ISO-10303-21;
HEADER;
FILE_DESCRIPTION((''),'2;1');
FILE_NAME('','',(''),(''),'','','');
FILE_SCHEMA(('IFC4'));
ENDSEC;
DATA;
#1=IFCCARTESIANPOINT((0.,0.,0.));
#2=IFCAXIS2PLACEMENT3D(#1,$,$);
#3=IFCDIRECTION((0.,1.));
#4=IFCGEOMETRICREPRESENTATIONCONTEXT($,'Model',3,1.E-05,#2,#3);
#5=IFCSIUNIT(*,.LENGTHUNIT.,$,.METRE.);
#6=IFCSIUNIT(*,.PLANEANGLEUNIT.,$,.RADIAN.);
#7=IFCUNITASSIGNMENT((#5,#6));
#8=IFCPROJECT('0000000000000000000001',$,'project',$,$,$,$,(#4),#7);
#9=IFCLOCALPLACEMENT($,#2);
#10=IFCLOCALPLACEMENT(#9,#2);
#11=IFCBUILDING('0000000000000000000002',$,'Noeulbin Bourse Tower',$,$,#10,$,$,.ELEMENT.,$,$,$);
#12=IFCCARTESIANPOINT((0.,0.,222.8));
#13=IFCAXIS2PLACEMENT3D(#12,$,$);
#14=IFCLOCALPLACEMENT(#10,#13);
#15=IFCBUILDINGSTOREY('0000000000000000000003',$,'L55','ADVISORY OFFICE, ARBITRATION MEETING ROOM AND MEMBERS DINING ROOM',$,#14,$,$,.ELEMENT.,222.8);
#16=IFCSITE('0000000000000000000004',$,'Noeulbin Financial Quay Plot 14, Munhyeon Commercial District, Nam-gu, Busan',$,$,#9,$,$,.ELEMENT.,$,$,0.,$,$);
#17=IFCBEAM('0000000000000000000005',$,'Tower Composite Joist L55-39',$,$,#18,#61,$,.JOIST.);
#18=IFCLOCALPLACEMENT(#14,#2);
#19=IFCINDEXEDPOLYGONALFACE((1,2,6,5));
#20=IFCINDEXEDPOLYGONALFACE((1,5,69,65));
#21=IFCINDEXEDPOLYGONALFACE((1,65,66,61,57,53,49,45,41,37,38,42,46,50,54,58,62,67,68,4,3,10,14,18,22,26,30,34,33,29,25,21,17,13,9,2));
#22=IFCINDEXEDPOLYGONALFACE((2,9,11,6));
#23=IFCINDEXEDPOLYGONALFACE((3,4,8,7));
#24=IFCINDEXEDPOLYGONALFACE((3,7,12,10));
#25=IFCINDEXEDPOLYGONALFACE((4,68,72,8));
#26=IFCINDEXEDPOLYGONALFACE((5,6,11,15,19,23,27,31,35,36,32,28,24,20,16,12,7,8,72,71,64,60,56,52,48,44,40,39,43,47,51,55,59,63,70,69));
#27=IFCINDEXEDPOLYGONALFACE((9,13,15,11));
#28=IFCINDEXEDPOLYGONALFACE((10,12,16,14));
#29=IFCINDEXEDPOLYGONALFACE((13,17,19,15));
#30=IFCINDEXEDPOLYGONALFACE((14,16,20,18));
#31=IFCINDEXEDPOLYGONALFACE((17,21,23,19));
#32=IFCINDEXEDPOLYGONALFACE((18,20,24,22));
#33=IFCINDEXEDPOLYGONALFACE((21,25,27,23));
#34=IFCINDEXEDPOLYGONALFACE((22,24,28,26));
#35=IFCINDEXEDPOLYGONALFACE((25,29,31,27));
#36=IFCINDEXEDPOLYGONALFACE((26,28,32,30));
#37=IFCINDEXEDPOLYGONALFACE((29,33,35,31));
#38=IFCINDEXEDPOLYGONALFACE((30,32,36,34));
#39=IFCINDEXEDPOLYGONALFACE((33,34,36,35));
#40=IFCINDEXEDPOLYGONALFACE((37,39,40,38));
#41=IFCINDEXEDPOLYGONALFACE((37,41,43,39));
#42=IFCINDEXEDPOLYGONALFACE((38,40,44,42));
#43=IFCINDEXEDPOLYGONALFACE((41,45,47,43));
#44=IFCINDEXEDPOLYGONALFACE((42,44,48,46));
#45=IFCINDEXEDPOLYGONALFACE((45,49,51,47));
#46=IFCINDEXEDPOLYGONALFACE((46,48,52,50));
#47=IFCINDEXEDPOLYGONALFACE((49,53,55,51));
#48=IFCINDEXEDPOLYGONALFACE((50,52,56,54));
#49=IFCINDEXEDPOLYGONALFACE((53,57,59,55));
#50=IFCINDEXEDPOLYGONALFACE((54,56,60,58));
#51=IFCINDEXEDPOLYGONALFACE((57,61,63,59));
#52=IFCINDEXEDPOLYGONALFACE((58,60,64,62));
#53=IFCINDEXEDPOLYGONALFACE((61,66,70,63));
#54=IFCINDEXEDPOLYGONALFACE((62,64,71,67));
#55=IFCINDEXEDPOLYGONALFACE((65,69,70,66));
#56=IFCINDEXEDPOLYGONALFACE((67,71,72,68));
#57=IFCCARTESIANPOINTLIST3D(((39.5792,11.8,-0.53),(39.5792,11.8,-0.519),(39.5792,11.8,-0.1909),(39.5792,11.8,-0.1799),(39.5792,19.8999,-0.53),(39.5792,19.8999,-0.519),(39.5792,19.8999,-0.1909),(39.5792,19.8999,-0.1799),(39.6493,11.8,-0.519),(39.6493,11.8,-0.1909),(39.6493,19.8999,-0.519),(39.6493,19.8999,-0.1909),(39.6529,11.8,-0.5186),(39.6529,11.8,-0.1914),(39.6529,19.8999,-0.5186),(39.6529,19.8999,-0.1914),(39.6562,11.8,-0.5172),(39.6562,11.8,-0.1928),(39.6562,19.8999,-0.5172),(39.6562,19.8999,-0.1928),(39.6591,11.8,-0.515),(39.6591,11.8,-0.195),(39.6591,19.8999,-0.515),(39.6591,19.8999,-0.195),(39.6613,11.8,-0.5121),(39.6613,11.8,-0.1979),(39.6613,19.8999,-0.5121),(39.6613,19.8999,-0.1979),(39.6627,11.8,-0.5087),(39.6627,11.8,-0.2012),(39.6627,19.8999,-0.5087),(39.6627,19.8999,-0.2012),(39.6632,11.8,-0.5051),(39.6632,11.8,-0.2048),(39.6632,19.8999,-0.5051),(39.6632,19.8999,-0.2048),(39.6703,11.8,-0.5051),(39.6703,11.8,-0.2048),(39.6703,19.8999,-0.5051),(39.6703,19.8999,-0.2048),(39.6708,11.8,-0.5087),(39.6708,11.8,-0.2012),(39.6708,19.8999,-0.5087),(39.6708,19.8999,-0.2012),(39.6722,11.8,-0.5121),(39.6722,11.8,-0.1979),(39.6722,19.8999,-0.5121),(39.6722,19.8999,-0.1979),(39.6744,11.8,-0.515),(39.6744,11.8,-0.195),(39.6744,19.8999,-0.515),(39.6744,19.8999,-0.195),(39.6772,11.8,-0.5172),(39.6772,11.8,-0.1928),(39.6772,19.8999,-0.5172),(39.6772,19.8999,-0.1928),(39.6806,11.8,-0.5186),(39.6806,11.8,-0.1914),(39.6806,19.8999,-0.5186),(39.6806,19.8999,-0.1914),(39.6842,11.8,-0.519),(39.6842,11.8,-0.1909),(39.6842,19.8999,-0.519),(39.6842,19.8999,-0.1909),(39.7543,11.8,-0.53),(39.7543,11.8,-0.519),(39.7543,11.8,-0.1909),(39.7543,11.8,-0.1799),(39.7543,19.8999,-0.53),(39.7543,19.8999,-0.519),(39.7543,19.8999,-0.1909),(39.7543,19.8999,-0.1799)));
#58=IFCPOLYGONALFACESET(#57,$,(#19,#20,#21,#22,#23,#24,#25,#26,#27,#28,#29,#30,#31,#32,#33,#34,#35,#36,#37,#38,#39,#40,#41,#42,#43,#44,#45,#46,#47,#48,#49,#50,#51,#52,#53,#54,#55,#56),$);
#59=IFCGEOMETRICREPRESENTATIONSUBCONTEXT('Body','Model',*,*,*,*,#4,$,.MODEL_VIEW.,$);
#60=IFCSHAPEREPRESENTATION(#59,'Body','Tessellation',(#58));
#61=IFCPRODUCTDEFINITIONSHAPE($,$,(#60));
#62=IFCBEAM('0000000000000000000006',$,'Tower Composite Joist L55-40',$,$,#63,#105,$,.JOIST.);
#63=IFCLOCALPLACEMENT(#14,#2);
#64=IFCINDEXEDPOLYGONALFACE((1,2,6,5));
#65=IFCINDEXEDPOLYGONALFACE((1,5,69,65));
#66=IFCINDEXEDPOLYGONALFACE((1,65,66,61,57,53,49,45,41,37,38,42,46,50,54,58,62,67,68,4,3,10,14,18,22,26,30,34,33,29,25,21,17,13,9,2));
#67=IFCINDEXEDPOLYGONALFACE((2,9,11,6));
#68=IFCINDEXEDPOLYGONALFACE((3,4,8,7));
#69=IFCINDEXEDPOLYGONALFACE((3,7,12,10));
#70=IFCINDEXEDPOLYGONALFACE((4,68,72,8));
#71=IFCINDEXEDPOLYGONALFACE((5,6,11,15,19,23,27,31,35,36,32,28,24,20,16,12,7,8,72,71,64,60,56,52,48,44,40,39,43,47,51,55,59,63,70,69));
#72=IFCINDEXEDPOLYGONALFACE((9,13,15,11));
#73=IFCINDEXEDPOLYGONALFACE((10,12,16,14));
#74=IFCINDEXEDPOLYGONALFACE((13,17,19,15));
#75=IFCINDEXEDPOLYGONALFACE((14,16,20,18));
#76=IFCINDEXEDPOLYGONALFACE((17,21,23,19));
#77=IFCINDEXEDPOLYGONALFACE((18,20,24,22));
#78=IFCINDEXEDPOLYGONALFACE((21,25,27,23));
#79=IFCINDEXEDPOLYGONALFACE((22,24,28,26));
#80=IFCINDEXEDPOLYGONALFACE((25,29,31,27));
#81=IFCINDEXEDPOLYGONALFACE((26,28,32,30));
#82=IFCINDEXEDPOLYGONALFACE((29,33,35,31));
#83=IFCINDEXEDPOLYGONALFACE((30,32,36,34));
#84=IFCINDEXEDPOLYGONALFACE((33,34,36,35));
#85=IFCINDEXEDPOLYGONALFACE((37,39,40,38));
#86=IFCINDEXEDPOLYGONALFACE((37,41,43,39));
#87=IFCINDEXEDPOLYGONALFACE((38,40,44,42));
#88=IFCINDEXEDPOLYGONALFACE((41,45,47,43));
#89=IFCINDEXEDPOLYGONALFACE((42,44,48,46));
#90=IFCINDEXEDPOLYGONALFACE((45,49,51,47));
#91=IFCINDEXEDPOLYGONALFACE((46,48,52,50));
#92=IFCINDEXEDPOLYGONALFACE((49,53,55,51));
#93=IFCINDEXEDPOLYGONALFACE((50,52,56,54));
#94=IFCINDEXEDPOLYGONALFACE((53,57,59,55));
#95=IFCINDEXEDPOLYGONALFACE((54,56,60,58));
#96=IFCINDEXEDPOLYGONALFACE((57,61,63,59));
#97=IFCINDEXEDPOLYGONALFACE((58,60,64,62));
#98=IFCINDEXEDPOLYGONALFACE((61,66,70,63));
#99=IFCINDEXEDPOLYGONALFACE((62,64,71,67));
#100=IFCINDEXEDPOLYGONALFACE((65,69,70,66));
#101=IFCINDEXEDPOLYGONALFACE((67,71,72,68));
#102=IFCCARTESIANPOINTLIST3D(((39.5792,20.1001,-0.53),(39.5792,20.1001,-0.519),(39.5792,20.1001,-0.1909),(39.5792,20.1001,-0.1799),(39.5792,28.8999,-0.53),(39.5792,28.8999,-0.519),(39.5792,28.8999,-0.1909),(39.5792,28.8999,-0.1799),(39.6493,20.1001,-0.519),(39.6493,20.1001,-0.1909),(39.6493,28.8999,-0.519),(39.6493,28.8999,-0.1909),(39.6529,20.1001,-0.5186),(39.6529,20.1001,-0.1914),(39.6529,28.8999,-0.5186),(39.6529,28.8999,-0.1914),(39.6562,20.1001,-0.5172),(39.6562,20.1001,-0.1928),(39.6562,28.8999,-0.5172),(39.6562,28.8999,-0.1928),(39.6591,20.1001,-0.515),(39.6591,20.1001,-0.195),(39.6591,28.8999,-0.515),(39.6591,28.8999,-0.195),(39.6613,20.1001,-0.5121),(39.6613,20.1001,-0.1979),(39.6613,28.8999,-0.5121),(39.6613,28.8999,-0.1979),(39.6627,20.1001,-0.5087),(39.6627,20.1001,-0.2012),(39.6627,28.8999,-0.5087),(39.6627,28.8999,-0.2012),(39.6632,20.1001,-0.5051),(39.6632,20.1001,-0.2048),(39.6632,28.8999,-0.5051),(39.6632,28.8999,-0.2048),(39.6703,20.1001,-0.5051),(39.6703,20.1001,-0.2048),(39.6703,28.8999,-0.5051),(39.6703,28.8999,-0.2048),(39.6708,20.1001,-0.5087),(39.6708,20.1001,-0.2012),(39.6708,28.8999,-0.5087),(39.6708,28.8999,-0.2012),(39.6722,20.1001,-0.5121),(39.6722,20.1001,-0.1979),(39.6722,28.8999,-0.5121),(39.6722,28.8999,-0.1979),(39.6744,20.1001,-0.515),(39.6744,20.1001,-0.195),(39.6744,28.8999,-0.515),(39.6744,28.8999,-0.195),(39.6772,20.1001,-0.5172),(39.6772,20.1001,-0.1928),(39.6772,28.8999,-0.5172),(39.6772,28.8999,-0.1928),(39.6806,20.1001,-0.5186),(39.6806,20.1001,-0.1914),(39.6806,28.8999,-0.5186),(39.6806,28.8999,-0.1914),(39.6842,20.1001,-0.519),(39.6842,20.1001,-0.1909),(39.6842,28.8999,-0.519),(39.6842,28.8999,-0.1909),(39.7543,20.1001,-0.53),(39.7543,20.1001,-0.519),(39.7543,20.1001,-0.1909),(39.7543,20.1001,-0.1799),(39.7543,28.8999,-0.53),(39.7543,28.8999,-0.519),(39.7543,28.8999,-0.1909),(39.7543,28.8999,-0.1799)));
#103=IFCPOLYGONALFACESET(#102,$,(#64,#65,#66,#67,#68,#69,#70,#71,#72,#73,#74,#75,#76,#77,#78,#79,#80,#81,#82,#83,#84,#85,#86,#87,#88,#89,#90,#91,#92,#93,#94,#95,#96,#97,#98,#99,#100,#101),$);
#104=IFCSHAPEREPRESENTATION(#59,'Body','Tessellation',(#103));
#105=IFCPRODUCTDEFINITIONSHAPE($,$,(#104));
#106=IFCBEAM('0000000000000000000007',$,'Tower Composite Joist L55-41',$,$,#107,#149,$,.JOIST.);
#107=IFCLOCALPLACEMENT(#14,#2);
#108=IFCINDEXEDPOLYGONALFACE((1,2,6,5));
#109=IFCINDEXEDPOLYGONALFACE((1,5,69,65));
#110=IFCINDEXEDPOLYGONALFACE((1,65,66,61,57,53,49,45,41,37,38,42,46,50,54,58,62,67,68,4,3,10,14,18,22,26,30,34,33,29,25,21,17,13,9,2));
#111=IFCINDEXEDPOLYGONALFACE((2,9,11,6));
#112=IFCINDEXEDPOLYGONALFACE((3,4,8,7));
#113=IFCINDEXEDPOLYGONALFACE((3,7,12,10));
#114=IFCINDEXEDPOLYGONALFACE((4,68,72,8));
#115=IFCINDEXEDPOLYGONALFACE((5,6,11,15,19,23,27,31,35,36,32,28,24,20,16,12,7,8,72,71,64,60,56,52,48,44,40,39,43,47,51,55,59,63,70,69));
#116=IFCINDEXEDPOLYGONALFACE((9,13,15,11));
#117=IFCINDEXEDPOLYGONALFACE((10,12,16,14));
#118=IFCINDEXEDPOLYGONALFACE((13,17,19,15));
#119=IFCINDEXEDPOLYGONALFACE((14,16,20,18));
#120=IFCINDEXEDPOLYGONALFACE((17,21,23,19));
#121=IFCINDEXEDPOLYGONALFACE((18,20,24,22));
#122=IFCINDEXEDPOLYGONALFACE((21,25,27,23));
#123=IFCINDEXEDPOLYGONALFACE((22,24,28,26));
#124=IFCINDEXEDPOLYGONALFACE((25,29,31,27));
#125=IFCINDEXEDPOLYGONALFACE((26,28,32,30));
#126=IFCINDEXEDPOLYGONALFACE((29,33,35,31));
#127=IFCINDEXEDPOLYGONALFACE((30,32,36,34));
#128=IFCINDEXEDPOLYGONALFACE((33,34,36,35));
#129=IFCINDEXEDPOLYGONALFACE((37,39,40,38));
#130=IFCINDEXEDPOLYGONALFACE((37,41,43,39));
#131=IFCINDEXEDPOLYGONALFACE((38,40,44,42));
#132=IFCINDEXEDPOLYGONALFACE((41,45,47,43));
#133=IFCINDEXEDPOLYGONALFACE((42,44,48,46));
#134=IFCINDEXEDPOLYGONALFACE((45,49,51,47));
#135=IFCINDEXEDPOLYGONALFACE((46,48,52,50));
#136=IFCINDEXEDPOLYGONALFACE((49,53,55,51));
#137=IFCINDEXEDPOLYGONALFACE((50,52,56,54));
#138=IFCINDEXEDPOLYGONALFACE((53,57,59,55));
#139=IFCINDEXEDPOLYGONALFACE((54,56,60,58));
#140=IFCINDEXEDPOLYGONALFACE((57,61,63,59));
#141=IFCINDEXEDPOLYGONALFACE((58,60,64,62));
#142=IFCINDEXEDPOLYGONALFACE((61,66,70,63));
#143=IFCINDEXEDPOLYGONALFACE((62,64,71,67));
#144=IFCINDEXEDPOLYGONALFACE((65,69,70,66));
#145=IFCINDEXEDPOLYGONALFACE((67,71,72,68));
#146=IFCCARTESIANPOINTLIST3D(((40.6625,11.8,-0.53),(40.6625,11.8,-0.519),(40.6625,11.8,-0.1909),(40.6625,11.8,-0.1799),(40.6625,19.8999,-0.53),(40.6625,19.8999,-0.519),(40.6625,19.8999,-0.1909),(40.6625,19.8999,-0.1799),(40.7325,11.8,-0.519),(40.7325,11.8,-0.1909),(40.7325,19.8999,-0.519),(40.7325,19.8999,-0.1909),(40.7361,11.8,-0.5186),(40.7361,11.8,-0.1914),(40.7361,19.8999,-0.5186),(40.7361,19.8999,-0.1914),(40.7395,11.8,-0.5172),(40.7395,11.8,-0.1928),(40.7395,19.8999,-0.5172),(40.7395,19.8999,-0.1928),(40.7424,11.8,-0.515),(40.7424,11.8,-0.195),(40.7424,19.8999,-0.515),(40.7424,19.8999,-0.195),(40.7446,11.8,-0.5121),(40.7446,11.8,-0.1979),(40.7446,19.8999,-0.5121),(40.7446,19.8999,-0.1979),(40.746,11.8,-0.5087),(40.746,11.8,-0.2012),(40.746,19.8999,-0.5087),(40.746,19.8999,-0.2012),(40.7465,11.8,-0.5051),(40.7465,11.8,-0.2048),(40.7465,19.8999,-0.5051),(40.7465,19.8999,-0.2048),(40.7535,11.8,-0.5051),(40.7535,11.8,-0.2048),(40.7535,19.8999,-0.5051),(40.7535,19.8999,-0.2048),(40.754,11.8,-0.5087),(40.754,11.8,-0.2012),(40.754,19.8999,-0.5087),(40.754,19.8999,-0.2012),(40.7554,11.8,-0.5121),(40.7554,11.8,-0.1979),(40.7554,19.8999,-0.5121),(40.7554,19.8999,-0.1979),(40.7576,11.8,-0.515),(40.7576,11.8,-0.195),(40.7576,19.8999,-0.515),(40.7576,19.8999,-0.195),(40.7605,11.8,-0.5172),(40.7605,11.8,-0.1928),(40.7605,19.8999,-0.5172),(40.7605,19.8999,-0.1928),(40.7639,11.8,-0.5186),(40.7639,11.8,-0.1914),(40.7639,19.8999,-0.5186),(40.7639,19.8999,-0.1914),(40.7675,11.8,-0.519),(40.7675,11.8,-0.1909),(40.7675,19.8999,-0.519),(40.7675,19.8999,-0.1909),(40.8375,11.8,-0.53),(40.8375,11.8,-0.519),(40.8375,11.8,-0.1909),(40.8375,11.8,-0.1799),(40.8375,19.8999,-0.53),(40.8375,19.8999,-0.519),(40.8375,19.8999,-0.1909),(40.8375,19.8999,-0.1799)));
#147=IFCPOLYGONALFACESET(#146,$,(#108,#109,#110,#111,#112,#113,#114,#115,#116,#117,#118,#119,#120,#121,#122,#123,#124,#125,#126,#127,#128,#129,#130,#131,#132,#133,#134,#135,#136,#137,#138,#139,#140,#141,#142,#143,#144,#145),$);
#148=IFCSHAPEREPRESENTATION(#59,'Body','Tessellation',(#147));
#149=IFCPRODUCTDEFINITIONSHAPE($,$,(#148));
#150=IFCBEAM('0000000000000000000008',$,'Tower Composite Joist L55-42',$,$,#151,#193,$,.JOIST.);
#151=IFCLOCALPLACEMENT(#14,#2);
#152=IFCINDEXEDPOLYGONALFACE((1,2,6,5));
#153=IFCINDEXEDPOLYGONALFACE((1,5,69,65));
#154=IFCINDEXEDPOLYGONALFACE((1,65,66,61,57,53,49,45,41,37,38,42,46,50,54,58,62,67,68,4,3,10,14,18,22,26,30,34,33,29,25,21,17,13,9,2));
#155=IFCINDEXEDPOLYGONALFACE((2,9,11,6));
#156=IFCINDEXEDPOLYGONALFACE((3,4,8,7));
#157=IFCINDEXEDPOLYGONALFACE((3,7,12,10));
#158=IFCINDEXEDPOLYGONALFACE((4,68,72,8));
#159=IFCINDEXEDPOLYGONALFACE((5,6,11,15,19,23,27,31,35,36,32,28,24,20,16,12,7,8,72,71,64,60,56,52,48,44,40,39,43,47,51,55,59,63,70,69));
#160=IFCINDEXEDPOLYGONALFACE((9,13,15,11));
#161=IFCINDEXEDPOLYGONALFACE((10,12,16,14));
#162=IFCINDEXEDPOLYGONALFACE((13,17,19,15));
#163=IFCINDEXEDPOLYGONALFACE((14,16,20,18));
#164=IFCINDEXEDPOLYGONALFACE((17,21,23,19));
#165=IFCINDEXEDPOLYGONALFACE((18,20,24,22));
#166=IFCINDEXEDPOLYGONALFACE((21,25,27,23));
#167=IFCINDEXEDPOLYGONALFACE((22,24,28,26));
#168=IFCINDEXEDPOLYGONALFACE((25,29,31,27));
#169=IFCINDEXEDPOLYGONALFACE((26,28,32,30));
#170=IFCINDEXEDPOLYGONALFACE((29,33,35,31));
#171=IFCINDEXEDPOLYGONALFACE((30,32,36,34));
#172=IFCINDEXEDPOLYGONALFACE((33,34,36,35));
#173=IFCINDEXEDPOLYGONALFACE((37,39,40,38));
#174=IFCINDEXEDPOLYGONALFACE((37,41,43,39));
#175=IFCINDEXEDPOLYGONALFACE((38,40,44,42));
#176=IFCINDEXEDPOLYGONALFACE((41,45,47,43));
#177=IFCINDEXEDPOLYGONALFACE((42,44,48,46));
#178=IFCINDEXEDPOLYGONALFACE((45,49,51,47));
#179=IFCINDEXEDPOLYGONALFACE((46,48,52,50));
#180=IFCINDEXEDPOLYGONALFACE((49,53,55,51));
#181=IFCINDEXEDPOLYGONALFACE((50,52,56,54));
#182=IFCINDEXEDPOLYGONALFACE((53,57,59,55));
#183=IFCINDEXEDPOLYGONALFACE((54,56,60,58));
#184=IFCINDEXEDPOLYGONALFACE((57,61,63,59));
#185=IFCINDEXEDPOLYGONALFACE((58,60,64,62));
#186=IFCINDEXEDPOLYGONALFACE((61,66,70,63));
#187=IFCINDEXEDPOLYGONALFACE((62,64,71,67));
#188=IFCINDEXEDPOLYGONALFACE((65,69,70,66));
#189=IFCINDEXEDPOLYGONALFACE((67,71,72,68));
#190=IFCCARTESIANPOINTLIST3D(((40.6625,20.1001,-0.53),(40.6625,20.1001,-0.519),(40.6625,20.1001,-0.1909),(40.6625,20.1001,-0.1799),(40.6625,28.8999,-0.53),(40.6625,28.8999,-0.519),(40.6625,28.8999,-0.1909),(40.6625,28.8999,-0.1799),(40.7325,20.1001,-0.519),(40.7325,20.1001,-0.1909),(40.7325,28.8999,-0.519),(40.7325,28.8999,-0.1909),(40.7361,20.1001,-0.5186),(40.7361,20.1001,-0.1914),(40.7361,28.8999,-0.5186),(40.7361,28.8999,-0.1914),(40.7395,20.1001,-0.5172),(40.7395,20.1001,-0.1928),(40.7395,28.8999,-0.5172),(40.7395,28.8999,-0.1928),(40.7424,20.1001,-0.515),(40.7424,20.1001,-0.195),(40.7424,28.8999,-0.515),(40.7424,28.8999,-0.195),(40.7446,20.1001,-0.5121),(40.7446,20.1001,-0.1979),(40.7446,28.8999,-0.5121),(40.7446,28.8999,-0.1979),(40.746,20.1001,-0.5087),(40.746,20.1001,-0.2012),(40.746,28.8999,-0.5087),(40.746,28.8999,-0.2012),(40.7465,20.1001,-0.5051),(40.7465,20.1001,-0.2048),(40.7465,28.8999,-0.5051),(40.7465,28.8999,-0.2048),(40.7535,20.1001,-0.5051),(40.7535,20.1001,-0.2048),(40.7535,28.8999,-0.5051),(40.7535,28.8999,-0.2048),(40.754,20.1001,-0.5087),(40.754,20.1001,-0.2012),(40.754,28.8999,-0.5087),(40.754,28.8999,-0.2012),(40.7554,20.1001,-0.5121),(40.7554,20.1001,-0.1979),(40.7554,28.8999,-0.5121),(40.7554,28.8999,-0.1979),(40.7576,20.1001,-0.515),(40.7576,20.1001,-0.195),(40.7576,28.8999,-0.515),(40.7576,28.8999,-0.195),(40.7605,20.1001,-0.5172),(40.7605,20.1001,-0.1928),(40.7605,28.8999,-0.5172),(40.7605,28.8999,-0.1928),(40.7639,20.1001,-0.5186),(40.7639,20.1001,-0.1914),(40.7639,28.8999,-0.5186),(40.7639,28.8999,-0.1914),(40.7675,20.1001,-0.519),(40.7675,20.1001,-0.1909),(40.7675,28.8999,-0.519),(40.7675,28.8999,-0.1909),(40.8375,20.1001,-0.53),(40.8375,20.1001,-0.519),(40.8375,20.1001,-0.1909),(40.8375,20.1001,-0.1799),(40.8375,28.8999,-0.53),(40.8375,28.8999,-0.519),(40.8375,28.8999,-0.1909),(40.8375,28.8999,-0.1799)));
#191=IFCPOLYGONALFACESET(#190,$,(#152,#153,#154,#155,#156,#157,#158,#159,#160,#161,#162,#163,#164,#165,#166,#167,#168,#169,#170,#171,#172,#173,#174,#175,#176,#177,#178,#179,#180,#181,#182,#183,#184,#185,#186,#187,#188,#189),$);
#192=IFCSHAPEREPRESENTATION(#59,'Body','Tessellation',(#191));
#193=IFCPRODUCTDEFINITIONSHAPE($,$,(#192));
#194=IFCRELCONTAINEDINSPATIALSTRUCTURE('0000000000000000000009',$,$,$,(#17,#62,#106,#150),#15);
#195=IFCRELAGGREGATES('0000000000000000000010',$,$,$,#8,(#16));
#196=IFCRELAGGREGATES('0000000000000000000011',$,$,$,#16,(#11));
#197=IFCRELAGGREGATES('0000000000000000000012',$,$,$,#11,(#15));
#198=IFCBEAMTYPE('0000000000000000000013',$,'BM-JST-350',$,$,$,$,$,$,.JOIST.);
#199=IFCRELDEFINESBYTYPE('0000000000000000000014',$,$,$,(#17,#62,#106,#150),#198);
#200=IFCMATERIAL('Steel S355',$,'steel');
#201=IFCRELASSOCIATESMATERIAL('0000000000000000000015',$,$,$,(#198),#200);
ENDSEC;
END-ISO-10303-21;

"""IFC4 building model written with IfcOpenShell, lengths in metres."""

from ifc_helpers import new_model, si_unit, direction, frame, origin, origin_2d, place, context, subcontext, project, spatial, i_section, extrude, material, material_profile, profile_set, type_object, element, save


model = new_model("IFC4")

# Units and contexts
model_context = context("Model", 3, precision=1e-05, world=origin(), true_north=direction((0.0, 1.0)))
body_context = subcontext(model_context, "Body", "Model", "MODEL_VIEW")
ifc_project = project(units=[si_unit("LENGTHUNIT", "METRE"), si_unit("PLANEANGLEUNIT", "RADIAN")], contexts=[model_context])

# Site, building, storey
site_placement = place(None, origin())
site = spatial("IfcSite", under=ifc_project, at=site_placement, Name="Noeulbin Financial Quay Plot 14, Munhyeon Commercial District, Nam-gu, Busan", CompositionType="ELEMENT", RefElevation=0.0)
building_placement = place(site_placement, origin())
building = spatial("IfcBuilding", under=site, at=building_placement, Name="Noeulbin Bourse Tower", CompositionType="ELEMENT")
storey_placement = place(building_placement, frame((0.0, 0.0, 222.8)))
storey = spatial("IfcBuildingStorey", under=building, at=storey_placement, Name="L55", Description="ADVISORY OFFICE, ARBITRATION MEETING ROOM AND MEMBERS DINING ROOM", CompositionType="ELEMENT", Elevation=222.8)

# Shared definitions
ifc_material_1 = material(Name="Steel S355", Category="steel")

# Beams
ifc_material_profile_1 = material_profile(ifc_material_1, i_section(OverallWidth=0.175, OverallDepth=0.3501, WebThickness=0.0071, FlangeThickness=0.011, FilletRadius=0.0139, at=origin_2d()), Name="H-350x175x7x11", Category="LoadBearing")
ifc_profile_set_1 = profile_set([ifc_material_profile_1], Name="Steel S355")
beam_type_1 = type_object("IfcBeamType", Name="BM-JST-350", PredefinedType="JOIST", material=ifc_profile_set_1)
beam_1_placement = place(storey_placement, frame((39.6667, 11.8, -0.355), z_axis=(0.0, 1.0, 0.0), x_axis=(-1.0, 0.0, 0.0)))
element("IfcBeam", 1, at=beam_1_placement, inside=storey, type_object=beam_type_1, Name="Tower Composite Joist L55-39", PredefinedType="JOIST", context=body_context, shape_type="SweptSolid", body=[
    extrude(i_section(OverallWidth=0.175, OverallDepth=0.3501, WebThickness=0.0071, FlangeThickness=0.011, FilletRadius=0.0139, at=origin_2d()), origin(), (0.0, 0.0, 1.0), 8.0999),
])
beam_2_placement = place(storey_placement, frame((39.6667, 20.1001, -0.355), z_axis=(0.0, 1.0, 0.0), x_axis=(-1.0, 0.0, 0.0)))
element("IfcBeam", 2, at=beam_2_placement, inside=storey, type_object=beam_type_1, Name="Tower Composite Joist L55-40", PredefinedType="JOIST", context=body_context, shape_type="SweptSolid", body=[
    extrude(i_section(OverallWidth=0.175, OverallDepth=0.3501, WebThickness=0.0071, FlangeThickness=0.011, FilletRadius=0.0139, at=origin_2d()), origin(), (0.0, 0.0, 1.0), 8.7998),
])
beam_3_placement = place(storey_placement, frame((40.75, 11.8, -0.355), z_axis=(0.0, 1.0, 0.0), x_axis=(-1.0, 0.0, 0.0)))
element("IfcBeam", 3, at=beam_3_placement, inside=storey, type_object=beam_type_1, Name="Tower Composite Joist L55-41", PredefinedType="JOIST", context=body_context, shape_type="SweptSolid", body=[
    extrude(i_section(OverallWidth=0.175, OverallDepth=0.3501, WebThickness=0.0071, FlangeThickness=0.011, FilletRadius=0.0139, at=origin_2d()), origin(), (0.0, 0.0, 1.0), 8.0999),
])
beam_4_placement = place(storey_placement, frame((40.75, 20.1001, -0.355), z_axis=(0.0, 1.0, 0.0), x_axis=(-1.0, 0.0, 0.0)))
element("IfcBeam", 4, at=beam_4_placement, inside=storey, type_object=beam_type_1, Name="Tower Composite Joist L55-42", PredefinedType="JOIST", context=body_context, shape_type="SweptSolid", body=[
    extrude(i_section(OverallWidth=0.175, OverallDepth=0.3501, WebThickness=0.0071, FlangeThickness=0.011, FilletRadius=0.0139, at=origin_2d()), origin(), (0.0, 0.0, 1.0), 8.7998),
])

save(model, "model.ifc")
